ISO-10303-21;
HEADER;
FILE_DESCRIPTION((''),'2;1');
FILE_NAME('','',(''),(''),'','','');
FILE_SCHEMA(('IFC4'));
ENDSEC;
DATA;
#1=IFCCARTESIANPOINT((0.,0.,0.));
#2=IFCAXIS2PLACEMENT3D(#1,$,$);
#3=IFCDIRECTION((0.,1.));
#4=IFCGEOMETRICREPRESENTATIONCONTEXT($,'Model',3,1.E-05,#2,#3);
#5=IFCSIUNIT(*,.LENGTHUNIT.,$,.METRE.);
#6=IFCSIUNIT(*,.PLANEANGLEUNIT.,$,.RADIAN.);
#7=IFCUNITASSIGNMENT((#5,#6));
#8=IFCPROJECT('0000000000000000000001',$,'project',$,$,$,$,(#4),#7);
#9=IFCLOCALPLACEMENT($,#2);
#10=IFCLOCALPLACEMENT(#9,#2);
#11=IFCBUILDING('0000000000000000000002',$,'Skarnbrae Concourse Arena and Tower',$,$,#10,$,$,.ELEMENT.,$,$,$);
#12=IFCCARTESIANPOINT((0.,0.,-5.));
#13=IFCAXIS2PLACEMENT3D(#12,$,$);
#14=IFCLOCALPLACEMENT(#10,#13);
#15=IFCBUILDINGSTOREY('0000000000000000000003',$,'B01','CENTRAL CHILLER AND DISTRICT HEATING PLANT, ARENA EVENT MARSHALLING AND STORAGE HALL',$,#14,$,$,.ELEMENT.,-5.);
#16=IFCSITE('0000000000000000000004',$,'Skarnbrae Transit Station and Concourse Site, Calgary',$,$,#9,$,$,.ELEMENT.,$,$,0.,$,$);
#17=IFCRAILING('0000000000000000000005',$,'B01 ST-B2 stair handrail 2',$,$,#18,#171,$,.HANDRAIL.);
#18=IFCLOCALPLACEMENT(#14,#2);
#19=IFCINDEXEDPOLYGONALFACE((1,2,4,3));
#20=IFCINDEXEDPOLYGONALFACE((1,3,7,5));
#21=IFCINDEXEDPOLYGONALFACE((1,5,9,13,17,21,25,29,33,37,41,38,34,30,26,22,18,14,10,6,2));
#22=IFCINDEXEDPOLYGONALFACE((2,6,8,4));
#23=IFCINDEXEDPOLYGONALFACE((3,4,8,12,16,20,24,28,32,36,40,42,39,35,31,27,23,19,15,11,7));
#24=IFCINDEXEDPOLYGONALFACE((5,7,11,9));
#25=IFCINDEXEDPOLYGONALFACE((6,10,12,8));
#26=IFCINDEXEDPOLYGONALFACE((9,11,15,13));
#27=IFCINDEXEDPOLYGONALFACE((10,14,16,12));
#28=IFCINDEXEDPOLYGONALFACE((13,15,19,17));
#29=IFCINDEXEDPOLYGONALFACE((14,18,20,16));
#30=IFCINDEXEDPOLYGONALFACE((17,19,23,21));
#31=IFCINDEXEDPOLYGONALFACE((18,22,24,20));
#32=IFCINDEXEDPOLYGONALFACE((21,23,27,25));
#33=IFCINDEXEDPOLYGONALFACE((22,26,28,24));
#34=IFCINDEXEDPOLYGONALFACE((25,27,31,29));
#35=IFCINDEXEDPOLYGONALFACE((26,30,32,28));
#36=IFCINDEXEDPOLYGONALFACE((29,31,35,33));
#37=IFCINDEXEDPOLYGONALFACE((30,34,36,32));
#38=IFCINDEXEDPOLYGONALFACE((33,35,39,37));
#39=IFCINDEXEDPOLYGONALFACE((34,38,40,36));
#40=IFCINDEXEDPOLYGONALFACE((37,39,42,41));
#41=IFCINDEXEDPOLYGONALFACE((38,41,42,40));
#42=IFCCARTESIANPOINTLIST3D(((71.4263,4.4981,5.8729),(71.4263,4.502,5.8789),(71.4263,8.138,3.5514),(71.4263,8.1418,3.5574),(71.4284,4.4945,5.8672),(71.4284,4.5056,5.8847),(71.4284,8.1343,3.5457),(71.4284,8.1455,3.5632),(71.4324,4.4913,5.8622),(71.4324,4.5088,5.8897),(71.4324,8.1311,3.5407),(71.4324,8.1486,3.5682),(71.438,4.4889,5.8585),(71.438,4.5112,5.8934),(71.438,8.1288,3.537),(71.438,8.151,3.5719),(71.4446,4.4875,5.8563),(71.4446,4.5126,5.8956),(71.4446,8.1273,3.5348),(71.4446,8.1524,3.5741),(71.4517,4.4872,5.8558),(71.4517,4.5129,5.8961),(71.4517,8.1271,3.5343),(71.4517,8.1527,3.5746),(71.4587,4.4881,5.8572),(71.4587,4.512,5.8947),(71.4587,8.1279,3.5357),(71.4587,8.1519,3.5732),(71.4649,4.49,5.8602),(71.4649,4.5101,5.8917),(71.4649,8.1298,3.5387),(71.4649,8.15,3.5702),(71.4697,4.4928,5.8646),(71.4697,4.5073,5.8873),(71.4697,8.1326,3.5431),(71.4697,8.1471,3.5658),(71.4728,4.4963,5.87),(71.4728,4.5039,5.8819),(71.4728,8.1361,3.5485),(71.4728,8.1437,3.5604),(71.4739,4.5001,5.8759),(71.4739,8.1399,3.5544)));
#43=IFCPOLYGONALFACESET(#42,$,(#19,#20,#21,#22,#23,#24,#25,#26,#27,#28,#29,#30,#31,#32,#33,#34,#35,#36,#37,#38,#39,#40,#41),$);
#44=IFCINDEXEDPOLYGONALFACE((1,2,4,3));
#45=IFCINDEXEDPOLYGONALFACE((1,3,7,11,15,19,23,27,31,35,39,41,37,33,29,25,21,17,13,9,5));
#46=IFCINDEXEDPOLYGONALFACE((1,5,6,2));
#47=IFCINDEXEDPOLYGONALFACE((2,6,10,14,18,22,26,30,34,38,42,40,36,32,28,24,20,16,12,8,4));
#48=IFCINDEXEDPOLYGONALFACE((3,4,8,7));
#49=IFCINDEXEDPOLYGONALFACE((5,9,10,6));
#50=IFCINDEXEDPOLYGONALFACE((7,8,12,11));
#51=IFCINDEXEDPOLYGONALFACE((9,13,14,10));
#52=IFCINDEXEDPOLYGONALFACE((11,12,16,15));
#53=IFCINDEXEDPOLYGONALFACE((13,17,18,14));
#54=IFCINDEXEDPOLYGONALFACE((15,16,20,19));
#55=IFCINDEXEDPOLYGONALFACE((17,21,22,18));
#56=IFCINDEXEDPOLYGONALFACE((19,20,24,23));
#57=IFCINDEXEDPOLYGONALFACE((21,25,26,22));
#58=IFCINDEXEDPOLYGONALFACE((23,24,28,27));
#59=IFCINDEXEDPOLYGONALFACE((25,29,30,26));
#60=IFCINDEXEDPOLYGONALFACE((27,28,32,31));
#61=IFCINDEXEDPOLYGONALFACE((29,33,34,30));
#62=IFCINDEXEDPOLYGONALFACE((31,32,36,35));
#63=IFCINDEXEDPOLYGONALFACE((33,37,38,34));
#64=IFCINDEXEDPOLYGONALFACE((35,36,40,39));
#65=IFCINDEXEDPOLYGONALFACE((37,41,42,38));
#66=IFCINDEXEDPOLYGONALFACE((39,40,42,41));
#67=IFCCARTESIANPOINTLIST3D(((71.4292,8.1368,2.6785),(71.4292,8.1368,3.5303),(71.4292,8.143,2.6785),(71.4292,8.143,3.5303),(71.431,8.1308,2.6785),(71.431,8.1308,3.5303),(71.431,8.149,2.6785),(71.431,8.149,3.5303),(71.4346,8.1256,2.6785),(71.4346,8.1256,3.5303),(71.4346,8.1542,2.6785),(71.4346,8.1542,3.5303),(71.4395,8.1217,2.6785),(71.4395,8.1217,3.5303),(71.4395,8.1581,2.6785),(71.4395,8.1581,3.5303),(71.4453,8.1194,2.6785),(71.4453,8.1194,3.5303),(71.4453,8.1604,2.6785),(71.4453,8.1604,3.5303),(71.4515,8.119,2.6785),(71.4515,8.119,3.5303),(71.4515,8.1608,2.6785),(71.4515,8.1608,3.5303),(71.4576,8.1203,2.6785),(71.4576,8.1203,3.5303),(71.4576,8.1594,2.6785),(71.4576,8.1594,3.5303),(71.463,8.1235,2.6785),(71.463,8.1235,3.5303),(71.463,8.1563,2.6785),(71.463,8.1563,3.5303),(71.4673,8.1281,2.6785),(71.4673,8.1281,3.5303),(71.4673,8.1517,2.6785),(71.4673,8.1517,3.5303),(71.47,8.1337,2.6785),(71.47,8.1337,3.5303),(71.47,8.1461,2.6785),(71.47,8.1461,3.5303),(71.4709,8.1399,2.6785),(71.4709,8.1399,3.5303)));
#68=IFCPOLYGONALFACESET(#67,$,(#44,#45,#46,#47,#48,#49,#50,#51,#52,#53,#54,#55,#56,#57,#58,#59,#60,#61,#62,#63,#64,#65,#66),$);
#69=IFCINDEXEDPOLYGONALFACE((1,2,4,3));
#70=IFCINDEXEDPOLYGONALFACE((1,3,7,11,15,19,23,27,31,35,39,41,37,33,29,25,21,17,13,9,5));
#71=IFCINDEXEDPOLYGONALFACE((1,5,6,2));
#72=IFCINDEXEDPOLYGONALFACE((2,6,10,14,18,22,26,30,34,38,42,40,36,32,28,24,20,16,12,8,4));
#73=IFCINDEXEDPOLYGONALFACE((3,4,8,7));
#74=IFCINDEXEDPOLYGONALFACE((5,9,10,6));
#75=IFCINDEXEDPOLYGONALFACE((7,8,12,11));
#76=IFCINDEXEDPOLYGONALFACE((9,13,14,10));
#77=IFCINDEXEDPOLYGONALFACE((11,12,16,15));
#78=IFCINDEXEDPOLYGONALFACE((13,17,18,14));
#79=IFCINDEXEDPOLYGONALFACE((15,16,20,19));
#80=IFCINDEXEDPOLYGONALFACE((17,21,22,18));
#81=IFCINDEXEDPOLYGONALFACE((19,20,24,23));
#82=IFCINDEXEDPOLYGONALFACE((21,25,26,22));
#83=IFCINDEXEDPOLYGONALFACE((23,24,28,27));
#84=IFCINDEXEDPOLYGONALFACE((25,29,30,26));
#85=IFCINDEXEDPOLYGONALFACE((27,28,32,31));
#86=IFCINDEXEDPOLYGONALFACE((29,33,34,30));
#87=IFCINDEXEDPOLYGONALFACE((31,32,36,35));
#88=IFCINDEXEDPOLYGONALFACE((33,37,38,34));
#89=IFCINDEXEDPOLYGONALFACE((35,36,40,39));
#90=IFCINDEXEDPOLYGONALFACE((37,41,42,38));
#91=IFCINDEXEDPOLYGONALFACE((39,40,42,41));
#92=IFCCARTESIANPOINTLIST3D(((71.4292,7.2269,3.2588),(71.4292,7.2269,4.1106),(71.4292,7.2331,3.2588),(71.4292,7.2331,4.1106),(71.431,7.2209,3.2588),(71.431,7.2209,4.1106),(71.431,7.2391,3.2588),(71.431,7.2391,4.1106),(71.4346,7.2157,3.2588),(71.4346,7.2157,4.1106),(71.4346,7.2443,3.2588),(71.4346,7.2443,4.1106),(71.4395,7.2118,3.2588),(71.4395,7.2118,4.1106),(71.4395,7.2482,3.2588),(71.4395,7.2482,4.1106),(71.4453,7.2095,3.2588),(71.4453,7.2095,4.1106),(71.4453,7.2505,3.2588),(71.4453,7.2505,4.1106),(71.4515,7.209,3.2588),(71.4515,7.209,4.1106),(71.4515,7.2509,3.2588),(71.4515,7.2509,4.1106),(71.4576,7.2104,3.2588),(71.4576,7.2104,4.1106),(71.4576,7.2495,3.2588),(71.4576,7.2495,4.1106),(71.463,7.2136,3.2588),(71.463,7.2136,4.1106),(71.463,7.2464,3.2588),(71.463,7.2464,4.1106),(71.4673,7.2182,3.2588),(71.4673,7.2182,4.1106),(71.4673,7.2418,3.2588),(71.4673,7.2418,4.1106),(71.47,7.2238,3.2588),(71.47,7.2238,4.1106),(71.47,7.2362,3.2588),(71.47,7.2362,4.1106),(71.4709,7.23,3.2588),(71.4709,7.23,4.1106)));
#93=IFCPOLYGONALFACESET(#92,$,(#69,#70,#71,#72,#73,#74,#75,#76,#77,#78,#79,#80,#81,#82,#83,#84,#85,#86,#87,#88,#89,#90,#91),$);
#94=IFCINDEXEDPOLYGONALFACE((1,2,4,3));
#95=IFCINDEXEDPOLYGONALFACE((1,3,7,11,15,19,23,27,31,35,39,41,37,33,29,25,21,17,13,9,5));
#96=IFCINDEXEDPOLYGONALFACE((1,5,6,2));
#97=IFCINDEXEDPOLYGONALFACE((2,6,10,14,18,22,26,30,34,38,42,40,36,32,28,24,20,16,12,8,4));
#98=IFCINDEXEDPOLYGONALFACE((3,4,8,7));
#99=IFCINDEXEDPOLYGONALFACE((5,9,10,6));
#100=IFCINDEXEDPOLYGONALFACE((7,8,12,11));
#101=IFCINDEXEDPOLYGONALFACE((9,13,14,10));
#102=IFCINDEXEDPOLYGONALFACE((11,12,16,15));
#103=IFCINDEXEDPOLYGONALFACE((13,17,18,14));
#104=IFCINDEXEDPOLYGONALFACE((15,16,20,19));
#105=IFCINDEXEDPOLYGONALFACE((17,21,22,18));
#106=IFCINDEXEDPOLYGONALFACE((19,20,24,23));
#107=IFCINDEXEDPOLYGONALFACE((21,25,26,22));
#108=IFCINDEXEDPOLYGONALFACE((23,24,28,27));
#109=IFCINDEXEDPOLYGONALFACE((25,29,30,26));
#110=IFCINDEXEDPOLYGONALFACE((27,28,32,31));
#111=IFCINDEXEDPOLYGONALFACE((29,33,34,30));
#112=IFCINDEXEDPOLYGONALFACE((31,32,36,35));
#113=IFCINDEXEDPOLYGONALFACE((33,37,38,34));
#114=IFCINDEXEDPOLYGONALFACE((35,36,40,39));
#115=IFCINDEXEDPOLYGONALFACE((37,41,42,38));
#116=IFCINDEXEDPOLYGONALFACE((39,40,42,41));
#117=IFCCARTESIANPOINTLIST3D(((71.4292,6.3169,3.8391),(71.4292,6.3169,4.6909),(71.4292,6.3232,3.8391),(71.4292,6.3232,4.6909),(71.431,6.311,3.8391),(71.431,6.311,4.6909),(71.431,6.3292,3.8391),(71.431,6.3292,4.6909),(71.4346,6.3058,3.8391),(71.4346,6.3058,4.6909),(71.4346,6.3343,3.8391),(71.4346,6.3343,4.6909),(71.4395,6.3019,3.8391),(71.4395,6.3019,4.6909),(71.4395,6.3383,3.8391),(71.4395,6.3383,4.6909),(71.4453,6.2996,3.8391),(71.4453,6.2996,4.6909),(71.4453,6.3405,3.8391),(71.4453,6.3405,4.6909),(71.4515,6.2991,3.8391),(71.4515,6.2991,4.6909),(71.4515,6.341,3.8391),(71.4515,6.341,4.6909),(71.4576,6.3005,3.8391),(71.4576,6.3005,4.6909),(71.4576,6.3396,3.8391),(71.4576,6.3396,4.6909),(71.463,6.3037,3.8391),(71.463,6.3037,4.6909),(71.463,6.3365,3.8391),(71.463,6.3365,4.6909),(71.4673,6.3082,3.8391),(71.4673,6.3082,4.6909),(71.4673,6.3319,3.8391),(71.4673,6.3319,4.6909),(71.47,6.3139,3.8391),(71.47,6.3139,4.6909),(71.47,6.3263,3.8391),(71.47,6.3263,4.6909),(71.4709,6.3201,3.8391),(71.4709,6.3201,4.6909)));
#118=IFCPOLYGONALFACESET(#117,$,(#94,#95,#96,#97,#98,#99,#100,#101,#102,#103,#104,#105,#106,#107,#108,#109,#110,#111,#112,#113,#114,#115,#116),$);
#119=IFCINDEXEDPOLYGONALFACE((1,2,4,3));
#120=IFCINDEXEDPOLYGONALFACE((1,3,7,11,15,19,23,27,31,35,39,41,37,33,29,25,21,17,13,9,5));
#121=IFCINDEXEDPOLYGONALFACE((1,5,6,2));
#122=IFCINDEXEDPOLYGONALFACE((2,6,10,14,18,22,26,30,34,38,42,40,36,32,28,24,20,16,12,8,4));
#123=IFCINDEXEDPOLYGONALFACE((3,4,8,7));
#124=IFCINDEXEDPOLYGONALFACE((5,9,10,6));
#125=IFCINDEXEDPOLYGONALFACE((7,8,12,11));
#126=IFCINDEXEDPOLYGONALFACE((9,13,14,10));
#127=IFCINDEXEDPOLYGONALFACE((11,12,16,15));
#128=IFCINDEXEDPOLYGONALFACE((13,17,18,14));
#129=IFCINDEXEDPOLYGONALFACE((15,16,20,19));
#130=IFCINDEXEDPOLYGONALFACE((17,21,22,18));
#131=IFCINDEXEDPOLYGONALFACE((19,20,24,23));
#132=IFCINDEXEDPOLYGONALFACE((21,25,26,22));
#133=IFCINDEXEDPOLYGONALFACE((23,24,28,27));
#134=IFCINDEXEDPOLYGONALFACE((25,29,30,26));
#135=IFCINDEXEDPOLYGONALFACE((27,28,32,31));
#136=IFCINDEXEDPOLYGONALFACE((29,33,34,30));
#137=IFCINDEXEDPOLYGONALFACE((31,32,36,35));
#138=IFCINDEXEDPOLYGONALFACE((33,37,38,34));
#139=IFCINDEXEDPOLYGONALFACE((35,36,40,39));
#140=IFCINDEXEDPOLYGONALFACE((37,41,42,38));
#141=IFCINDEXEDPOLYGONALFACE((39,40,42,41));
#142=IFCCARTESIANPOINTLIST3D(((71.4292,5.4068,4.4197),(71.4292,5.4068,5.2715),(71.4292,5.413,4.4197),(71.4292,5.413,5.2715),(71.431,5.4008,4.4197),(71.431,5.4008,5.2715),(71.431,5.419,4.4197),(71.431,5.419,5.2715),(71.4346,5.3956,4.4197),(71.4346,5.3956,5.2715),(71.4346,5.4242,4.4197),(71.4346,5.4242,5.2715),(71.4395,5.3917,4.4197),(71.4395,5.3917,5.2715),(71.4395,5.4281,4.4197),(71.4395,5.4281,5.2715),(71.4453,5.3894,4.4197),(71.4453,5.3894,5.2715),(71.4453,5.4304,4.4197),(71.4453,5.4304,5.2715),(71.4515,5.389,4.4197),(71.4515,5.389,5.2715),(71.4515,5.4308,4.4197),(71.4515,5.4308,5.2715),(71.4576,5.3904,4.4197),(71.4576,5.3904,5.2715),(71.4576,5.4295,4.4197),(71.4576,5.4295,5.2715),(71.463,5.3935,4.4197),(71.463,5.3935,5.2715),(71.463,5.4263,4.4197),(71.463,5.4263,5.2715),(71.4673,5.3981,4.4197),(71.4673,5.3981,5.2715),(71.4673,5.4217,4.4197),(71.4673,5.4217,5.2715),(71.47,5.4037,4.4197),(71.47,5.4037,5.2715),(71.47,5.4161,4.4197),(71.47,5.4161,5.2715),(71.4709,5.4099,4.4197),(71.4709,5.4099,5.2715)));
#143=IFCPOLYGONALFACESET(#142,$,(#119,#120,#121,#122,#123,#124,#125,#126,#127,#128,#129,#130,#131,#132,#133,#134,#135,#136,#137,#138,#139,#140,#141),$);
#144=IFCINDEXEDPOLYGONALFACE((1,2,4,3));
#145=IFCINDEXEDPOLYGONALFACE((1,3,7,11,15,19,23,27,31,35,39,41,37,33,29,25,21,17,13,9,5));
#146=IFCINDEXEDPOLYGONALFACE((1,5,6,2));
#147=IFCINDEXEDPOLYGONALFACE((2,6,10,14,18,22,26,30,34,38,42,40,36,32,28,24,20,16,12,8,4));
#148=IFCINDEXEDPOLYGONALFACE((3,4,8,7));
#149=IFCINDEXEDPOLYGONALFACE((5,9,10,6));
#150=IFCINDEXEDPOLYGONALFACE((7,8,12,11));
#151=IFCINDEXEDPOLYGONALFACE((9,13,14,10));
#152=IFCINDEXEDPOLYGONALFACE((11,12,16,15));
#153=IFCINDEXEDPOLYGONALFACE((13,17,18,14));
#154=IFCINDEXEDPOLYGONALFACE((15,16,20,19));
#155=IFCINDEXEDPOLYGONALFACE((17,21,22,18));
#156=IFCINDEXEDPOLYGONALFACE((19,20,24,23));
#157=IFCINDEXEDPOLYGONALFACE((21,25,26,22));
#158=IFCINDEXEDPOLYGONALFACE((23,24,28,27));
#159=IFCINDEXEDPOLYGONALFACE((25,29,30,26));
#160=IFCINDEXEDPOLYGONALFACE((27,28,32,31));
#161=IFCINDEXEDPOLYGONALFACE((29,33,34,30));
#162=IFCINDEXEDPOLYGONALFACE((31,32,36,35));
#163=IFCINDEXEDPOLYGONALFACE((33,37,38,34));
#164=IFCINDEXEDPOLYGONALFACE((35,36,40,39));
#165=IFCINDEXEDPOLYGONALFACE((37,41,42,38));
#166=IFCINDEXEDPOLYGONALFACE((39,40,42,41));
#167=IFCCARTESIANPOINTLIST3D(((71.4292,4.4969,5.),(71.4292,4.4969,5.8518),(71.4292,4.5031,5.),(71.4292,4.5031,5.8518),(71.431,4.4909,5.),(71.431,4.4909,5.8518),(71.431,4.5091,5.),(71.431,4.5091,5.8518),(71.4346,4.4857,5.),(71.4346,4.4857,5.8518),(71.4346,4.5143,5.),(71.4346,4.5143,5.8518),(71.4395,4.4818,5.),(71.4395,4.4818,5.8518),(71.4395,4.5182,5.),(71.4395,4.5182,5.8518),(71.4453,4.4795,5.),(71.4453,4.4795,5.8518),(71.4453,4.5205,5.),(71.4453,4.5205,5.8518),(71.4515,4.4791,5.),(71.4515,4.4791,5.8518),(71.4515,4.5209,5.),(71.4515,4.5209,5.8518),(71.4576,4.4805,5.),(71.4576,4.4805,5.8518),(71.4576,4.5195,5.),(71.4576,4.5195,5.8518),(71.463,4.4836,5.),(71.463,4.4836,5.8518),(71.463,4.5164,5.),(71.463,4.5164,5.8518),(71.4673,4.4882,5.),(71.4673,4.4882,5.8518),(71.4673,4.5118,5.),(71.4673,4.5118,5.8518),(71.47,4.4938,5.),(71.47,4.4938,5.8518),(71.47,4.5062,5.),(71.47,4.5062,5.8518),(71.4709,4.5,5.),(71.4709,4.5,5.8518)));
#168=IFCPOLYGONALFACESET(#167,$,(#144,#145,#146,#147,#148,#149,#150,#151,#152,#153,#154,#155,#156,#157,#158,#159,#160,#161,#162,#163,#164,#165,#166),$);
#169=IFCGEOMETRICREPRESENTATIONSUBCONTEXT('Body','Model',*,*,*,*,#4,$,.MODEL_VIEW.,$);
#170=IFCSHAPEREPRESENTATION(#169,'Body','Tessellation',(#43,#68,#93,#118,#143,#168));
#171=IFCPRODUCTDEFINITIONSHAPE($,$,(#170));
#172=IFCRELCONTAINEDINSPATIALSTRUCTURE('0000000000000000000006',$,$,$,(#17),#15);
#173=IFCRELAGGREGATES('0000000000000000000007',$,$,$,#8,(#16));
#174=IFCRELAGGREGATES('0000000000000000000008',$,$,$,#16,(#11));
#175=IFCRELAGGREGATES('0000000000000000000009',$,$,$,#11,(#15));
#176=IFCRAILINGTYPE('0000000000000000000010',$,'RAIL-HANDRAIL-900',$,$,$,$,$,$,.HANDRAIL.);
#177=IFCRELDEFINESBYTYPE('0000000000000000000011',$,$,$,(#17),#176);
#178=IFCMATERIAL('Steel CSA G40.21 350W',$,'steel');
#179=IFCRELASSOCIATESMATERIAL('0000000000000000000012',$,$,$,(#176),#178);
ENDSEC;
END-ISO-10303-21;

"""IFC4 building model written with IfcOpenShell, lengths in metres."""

from ifc_helpers import new_model, si_unit, direction, frame, origin, origin_2d, place, context, subcontext, project, spatial, circle, extrude, material, type_object, element, save


model = new_model("IFC4")

# Units and contexts
model_context = context("Model", 3, precision=1e-05, world=origin(), true_north=direction((0.0, 1.0)))
body_context = subcontext(model_context, "Body", "Model", "MODEL_VIEW")
ifc_project = project(units=[si_unit("LENGTHUNIT", "METRE"), si_unit("PLANEANGLEUNIT", "RADIAN")], contexts=[model_context])

# Site, building, storey
site_placement = place(None, origin())
site = spatial("IfcSite", under=ifc_project, at=site_placement, Name="Skarnbrae Transit Station and Concourse Site, Calgary", CompositionType="ELEMENT", RefElevation=0.0)
building_placement = place(site_placement, origin())
building = spatial("IfcBuilding", under=site, at=building_placement, Name="Skarnbrae Concourse Arena and Tower", CompositionType="ELEMENT")
storey_placement = place(building_placement, frame((0.0, 0.0, -5.0)))
storey = spatial("IfcBuildingStorey", under=building, at=storey_placement, Name="B01", Description="CENTRAL CHILLER AND DISTRICT HEATING PLANT, ARENA EVENT MARSHALLING AND STORAGE HALL", CompositionType="ELEMENT", Elevation=-5.0)

# Shared definitions
ifc_material_1 = material(Name="Steel CSA G40.21 350W", Category="steel")

# Railing
railing_type_1 = type_object("IfcRailingType", Name="RAIL-HANDRAIL-900", PredefinedType="HANDRAIL", material=ifc_material_1)
for number, where, name in (
    (1, (71.45, 8.1399, 2.6785), "B01 ST-B2 stair handrail 2"),
):
    element("IfcRailing", number, at=place(storey_placement, frame(where)), inside=storey, type_object=railing_type_1, Name=name, PredefinedType="HANDRAIL", context=body_context, shape_type="SweptSolid", body=[
        extrude(circle(Radius=0.0239, at=origin_2d()), frame((0.0, 0.0, 0.876), z_axis=(0.0, -0.843112, 0.537739), x_axis=(1.0, 0.0, 0.0)), (0.0, 0.0, 1.0), 4.3171),
        extrude(circle(Radius=0.021, at=origin_2d()), origin(), (0.0, 0.0, 1.0), 0.8518),
        extrude(circle(Radius=0.021, at=origin_2d()), frame((0.0, -0.9099, 0.5803)), (0.0, 0.0, 1.0), 0.8518),
        extrude(circle(Radius=0.021, at=origin_2d()), frame((0.0, -1.8198, 1.1606)), (0.0, 0.0, 1.0), 0.8518),
        extrude(circle(Radius=0.021, at=origin_2d()), frame((0.0, -2.73, 1.7412)), (0.0, 0.0, 1.0), 0.8518),
        extrude(circle(Radius=0.021, at=origin_2d()), frame((0.0, -3.6399, 2.3215)), (0.0, 0.0, 1.0), 0.8518),
    ])

save(model, "model.ifc")
